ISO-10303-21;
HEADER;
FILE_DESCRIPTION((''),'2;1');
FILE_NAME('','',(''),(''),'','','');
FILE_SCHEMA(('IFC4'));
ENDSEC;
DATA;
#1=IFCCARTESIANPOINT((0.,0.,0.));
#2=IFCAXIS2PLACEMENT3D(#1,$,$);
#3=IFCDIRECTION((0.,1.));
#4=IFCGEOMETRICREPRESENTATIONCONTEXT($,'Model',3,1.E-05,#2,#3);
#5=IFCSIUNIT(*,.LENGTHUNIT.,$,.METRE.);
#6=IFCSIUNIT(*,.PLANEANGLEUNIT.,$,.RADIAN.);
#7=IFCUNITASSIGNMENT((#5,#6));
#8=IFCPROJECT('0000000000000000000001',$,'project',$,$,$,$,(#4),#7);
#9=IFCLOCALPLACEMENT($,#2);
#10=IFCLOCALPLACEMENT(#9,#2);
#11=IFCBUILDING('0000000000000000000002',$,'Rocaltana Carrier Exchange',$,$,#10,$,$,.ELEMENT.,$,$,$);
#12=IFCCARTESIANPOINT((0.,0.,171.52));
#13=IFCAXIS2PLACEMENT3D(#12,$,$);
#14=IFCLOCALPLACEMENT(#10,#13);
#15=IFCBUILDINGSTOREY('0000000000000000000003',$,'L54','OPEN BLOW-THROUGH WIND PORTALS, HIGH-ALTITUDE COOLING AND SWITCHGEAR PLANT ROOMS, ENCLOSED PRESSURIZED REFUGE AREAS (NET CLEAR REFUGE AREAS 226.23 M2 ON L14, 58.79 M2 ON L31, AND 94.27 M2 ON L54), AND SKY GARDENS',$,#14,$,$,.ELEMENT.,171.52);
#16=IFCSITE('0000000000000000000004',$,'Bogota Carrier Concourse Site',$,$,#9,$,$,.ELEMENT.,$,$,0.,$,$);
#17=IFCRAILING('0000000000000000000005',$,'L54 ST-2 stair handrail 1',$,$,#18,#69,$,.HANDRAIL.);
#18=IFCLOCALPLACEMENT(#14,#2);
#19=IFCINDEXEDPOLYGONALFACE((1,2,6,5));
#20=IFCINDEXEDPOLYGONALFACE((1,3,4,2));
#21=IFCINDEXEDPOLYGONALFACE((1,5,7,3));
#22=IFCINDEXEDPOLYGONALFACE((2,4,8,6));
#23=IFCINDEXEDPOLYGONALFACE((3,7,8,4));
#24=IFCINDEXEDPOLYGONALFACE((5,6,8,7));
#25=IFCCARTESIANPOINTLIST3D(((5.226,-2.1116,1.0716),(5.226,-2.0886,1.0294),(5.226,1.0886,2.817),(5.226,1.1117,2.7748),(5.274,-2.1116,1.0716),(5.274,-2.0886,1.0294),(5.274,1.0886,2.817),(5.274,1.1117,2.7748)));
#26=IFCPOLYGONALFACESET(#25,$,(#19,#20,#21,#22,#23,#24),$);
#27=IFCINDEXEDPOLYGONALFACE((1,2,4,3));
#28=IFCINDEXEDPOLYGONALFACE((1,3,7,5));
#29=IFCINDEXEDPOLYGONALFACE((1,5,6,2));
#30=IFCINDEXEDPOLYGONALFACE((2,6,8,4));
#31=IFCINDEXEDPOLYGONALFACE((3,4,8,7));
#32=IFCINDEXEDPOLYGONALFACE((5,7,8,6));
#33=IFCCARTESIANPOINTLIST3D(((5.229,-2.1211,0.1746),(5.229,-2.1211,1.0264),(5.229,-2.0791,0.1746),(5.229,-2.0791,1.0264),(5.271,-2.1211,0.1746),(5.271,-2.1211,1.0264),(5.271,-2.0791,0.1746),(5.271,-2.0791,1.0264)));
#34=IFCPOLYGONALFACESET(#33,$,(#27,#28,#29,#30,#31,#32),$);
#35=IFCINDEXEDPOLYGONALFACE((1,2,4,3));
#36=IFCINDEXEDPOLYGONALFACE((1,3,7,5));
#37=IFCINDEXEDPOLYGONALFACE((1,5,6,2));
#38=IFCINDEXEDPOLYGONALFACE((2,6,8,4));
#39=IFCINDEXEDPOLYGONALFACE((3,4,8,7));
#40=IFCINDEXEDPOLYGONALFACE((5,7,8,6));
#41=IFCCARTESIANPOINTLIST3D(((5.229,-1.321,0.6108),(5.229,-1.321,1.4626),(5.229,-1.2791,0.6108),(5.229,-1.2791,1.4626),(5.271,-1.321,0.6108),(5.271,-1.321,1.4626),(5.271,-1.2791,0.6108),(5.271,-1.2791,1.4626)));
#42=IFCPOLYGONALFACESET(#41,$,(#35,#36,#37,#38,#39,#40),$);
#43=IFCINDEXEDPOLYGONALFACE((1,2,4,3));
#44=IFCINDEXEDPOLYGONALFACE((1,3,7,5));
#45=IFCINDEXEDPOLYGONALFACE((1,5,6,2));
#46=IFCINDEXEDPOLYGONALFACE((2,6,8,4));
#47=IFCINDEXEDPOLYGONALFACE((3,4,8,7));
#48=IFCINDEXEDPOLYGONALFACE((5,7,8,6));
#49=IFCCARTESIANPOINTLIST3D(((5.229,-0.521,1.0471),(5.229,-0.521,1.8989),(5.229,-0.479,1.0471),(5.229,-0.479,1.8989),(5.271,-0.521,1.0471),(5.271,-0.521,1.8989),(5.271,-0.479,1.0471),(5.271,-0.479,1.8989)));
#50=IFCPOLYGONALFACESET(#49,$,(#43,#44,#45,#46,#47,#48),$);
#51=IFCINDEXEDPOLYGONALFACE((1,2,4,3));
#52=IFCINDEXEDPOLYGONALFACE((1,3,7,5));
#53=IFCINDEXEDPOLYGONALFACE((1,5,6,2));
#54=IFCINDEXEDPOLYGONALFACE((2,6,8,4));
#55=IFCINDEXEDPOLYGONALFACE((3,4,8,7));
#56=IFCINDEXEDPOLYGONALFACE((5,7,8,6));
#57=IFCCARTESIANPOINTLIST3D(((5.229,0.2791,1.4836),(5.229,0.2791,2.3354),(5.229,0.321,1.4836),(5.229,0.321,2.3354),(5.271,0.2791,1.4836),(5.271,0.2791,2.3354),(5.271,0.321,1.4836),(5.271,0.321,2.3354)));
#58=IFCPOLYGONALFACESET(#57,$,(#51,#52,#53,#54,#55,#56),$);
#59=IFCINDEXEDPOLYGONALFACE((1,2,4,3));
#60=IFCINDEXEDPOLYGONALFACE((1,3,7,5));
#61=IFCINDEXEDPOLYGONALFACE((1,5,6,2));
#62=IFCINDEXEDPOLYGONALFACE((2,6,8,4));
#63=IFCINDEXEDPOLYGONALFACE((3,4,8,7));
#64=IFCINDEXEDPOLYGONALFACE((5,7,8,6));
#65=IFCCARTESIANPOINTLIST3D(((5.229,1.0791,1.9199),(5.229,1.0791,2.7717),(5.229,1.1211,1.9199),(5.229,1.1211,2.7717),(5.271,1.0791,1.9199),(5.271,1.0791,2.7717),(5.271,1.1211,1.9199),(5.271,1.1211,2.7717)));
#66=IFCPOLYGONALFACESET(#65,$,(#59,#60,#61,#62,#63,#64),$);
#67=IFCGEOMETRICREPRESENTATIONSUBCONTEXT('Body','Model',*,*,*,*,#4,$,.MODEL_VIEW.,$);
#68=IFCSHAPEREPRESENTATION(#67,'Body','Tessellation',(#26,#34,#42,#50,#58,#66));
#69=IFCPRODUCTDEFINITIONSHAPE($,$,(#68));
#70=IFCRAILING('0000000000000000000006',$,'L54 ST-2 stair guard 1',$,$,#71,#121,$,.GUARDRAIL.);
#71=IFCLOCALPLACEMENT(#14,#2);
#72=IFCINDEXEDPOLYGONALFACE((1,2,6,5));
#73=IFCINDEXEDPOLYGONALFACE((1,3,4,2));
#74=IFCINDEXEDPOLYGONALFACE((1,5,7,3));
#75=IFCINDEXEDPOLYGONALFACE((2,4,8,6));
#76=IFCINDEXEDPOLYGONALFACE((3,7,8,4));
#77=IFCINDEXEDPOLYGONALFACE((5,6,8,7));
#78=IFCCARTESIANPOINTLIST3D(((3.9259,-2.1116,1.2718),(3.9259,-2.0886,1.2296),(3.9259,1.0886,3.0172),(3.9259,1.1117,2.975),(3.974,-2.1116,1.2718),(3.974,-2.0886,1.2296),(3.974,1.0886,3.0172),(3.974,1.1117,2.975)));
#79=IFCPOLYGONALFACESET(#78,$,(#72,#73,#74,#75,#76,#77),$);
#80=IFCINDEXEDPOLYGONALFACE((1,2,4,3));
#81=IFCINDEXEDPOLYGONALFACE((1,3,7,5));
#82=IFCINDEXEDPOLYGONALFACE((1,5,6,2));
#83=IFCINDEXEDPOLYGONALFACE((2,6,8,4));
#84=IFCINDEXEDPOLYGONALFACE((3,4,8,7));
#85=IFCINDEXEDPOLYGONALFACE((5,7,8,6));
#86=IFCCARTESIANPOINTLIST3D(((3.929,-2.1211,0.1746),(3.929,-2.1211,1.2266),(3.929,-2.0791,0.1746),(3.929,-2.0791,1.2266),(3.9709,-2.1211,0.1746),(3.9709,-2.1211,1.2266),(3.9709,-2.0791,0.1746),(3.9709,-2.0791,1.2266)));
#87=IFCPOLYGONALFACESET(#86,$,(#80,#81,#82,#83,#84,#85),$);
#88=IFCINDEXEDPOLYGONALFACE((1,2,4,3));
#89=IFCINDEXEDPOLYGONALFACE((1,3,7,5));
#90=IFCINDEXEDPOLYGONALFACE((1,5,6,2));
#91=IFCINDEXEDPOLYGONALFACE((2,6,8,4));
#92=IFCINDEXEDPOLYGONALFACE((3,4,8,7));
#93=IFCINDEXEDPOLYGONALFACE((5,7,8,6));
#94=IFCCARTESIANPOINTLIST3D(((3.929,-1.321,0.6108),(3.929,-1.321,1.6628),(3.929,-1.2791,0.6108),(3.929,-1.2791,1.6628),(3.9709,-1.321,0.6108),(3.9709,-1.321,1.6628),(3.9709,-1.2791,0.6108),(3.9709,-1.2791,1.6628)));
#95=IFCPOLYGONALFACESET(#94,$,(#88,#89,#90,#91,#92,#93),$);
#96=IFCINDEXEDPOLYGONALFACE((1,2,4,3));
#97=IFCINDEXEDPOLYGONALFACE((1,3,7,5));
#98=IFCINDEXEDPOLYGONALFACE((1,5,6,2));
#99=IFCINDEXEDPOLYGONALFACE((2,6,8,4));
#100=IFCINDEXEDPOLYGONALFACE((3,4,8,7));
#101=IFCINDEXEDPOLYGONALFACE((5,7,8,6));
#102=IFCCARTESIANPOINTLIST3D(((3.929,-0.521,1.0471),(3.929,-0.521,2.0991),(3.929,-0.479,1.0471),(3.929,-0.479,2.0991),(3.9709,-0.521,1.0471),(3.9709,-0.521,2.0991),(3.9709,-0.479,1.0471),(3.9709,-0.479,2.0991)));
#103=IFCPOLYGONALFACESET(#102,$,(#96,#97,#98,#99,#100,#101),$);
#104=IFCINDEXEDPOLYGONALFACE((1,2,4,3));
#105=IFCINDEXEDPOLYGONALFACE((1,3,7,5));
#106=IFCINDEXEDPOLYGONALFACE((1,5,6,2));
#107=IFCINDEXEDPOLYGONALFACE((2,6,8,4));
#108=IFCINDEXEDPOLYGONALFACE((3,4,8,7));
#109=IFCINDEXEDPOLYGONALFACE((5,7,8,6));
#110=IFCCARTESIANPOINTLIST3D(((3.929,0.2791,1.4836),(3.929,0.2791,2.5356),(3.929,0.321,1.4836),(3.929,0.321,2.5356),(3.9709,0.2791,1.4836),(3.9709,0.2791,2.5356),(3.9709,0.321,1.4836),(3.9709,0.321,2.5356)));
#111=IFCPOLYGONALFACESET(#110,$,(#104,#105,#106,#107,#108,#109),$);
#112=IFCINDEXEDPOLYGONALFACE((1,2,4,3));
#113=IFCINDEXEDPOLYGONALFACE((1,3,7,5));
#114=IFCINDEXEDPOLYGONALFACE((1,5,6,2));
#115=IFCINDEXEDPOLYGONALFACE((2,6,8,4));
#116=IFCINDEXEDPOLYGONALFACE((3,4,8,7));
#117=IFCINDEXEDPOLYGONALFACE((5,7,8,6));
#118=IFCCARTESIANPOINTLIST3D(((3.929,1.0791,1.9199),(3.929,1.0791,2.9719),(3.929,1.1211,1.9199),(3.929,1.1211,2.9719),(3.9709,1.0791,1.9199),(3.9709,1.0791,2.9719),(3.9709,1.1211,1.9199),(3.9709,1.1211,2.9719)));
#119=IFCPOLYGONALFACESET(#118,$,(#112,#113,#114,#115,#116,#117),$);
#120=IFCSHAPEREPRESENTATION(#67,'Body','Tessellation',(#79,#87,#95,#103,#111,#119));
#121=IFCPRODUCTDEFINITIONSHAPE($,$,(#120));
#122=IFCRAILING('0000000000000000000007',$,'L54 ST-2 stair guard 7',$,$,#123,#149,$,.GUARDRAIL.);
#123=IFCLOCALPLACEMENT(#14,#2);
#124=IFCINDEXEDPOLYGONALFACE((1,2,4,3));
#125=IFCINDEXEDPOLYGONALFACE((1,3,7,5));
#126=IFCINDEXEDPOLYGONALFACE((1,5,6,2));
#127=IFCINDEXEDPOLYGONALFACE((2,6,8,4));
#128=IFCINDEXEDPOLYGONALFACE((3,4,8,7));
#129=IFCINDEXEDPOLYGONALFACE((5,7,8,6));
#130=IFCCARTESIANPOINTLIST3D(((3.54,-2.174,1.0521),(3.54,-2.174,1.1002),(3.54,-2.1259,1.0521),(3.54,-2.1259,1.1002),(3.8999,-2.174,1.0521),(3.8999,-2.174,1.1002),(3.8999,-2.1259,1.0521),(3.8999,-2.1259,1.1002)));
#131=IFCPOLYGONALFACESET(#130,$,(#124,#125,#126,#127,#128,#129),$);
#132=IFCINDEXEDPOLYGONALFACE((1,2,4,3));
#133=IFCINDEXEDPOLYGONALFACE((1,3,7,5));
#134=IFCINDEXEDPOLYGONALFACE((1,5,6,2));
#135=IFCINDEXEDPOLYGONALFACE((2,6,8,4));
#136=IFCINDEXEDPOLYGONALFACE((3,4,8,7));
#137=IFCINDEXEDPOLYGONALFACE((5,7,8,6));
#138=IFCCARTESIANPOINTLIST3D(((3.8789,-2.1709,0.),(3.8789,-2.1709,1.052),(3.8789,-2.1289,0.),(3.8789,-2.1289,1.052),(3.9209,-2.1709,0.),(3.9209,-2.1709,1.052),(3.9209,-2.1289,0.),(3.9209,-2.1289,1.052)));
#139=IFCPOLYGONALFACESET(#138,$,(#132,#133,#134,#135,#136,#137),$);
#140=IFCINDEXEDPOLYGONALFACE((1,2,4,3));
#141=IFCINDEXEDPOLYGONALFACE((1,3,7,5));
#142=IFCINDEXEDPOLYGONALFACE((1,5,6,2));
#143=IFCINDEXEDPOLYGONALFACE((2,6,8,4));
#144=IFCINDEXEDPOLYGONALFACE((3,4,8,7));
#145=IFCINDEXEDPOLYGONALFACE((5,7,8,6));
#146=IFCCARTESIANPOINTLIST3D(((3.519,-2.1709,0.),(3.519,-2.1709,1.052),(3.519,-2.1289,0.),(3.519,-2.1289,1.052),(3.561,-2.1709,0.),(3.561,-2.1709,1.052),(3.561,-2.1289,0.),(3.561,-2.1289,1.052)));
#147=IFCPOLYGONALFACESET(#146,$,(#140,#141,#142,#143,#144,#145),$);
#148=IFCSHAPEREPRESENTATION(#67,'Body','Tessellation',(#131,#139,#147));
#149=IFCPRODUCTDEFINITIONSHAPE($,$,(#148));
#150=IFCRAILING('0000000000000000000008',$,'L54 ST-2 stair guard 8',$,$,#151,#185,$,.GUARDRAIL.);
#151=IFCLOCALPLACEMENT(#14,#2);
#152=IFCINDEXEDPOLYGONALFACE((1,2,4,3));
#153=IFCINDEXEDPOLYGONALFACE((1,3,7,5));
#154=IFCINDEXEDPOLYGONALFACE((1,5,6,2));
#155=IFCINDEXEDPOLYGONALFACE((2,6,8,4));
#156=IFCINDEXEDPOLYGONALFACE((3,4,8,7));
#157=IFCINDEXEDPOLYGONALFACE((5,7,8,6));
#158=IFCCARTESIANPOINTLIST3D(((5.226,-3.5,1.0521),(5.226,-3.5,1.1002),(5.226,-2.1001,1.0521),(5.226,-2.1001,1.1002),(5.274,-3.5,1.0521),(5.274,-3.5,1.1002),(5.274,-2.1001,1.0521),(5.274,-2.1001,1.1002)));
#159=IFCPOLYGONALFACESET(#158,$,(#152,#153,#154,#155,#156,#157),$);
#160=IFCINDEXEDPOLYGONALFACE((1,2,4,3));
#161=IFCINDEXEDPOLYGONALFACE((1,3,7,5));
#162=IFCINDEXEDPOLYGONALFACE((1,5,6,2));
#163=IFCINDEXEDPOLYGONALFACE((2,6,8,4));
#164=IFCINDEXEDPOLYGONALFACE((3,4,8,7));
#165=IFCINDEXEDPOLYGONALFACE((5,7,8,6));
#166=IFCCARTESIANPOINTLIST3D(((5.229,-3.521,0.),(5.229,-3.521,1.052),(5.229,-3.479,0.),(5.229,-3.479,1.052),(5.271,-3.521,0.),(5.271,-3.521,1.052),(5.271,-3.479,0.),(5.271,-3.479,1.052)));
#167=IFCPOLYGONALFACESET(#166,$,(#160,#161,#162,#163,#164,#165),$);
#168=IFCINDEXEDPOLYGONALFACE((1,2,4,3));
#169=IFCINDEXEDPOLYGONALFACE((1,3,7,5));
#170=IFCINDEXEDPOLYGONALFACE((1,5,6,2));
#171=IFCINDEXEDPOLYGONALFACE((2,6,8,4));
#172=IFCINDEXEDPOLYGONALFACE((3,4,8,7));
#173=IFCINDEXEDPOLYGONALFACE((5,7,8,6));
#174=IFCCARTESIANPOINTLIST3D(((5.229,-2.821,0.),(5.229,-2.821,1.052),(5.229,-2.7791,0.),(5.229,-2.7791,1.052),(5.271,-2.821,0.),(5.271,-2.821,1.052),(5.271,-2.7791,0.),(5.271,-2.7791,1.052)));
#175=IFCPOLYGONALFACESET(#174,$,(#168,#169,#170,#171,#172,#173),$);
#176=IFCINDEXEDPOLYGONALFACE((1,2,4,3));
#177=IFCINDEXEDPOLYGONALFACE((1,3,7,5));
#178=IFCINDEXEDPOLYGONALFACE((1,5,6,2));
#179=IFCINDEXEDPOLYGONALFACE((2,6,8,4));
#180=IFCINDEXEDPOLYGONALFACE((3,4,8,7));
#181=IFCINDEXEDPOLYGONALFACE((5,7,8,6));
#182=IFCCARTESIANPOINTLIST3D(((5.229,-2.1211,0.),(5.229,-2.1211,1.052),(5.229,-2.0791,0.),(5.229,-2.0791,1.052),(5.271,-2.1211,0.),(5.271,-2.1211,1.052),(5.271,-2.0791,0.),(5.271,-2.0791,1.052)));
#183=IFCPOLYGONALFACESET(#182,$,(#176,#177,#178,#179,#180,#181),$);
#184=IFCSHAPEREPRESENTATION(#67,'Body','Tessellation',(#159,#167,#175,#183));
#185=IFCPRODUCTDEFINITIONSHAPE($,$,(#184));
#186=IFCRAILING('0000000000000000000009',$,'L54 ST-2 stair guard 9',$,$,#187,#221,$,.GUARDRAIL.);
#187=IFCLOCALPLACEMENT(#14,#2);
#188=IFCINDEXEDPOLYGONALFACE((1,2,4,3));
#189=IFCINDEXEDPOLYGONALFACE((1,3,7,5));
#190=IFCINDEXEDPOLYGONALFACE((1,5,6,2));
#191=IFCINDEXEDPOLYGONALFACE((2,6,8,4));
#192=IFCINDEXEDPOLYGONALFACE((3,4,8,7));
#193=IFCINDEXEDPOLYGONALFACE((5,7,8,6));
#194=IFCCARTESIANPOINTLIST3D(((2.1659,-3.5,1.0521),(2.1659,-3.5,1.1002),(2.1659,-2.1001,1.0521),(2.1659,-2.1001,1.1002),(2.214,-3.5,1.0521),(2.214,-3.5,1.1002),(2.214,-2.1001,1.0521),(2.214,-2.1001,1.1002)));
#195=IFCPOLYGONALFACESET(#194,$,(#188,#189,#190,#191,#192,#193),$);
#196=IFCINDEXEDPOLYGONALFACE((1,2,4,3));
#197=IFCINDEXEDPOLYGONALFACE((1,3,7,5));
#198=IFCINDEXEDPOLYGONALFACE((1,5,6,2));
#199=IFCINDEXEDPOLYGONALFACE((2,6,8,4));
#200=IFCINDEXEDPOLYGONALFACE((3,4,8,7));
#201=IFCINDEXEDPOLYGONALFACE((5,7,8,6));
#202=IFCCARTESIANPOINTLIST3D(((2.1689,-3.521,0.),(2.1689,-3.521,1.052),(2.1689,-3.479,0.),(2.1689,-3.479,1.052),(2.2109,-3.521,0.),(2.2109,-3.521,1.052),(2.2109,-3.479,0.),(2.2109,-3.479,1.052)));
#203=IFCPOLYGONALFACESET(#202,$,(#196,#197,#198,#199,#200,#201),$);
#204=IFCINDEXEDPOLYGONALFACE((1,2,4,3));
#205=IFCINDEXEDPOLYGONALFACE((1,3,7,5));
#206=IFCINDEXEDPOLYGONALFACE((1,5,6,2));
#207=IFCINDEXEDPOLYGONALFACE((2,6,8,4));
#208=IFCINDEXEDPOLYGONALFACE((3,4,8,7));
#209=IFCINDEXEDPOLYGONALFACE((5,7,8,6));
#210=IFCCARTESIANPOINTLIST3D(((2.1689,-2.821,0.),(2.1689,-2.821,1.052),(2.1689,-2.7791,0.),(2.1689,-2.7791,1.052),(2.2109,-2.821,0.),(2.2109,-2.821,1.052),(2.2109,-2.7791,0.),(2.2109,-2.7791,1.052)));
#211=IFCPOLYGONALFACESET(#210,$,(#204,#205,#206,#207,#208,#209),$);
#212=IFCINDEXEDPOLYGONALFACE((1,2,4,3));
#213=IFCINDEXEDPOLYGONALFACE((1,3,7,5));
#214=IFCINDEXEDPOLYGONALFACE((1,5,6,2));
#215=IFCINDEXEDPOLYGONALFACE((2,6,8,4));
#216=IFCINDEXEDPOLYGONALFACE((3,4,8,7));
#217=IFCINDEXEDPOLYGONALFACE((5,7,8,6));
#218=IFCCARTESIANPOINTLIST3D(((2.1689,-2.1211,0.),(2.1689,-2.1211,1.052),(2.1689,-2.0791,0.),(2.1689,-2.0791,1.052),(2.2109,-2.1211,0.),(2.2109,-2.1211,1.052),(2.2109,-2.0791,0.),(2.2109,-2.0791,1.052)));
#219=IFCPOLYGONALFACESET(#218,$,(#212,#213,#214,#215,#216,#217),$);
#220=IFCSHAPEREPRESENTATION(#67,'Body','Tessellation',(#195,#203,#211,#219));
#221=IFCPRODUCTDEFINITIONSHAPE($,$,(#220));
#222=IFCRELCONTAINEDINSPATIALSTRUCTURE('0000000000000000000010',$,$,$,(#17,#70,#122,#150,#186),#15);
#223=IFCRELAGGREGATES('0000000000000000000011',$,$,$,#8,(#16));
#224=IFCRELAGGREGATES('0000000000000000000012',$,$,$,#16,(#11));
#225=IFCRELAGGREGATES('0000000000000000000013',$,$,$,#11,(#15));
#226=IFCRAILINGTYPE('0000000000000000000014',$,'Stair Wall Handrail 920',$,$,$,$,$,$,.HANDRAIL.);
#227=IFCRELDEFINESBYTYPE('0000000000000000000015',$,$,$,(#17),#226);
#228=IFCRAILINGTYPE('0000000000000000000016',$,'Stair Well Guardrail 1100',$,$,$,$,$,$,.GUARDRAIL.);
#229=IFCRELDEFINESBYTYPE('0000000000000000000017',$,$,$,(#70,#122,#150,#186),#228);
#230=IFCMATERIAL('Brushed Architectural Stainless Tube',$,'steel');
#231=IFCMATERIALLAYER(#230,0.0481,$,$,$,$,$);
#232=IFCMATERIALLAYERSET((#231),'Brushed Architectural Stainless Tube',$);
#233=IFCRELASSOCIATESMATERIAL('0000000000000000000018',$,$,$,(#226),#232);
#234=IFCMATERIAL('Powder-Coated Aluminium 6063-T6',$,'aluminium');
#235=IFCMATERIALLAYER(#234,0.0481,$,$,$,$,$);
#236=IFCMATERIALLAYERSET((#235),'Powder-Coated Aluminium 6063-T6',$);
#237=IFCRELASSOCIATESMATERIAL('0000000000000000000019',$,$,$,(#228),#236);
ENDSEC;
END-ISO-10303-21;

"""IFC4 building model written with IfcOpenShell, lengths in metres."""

from ifc_helpers import new_model, si_unit, direction, frame, origin, origin_2d, place, context, subcontext, project, spatial, rectangle, extrude, material, layer, layer_set, type_object, element, save


model = new_model("IFC4")

# Units and contexts
model_context = context("Model", 3, precision=1e-05, world=origin(), true_north=direction((0.0, 1.0)))
body_context = subcontext(model_context, "Body", "Model", "MODEL_VIEW")
ifc_project = project(units=[si_unit("LENGTHUNIT", "METRE"), si_unit("PLANEANGLEUNIT", "RADIAN")], contexts=[model_context])

# Site, building, storey
site_placement = place(None, origin())
site = spatial("IfcSite", under=ifc_project, at=site_placement, Name="Bogota Carrier Concourse Site", CompositionType="ELEMENT", RefElevation=0.0)
building_placement = place(site_placement, origin())
building = spatial("IfcBuilding", under=site, at=building_placement, Name="Rocaltana Carrier Exchange", CompositionType="ELEMENT")
storey_placement = place(building_placement, frame((0.0, 0.0, 171.52)))
storey = spatial("IfcBuildingStorey", under=building, at=storey_placement, Name="L54", Description="OPEN BLOW-THROUGH WIND PORTALS, HIGH-ALTITUDE COOLING AND SWITCHGEAR PLANT ROOMS, ENCLOSED PRESSURIZED REFUGE AREAS (NET CLEAR REFUGE AREAS 226.23 M2 ON L14, 58.79 M2 ON L31, AND 94.27 M2 ON L54), AND SKY GARDENS", CompositionType="ELEMENT", Elevation=171.52)

# Railings
ifc_material_1 = material(Name="Brushed Architectural Stainless Tube", Category="steel")
ifc_layer_1 = layer(ifc_material_1, 0.0481)
ifc_layer_set_1 = layer_set([ifc_layer_1], Name="Brushed Architectural Stainless Tube")
railing_type_1 = type_object("IfcRailingType", Name="Stair Wall Handrail 920", PredefinedType="HANDRAIL", material=ifc_layer_set_1)
railing_1_placement = place(storey_placement, frame((5.25, -2.1001, 0.1746)))
element("IfcRailing", 1, at=railing_1_placement, inside=storey, type_object=railing_type_1, Name="L54 ST-2 stair handrail 1", PredefinedType="HANDRAIL", context=body_context, shape_type="SweptSolid", body=[
    extrude(rectangle(XDim=0.0481, YDim=0.0481, at=origin_2d()), frame((0.0, 0.0, 0.876), z_axis=(0.0, 0.877919, 0.47881), x_axis=(-1.0, 0.0, 0.0)), (0.0, 0.0, 1.0), 3.6453),
    extrude(rectangle(XDim=0.042, YDim=0.042, at=origin_2d()), origin(), (0.0, 0.0, 1.0), 0.8518),
    extrude(rectangle(XDim=0.042, YDim=0.042, at=origin_2d()), frame((0.0, 0.8, 0.4363)), (0.0, 0.0, 1.0), 0.8518),
    extrude(rectangle(XDim=0.042, YDim=0.042, at=origin_2d()), frame((0.0, 1.6001, 0.8726)), (0.0, 0.0, 1.0), 0.8518),
    extrude(rectangle(XDim=0.042, YDim=0.042, at=origin_2d()), frame((0.0, 2.4001, 1.3091)), (0.0, 0.0, 1.0), 0.8518),
    extrude(rectangle(XDim=0.042, YDim=0.042, at=origin_2d()), frame((0.0, 3.2002, 1.7454)), (0.0, 0.0, 1.0), 0.8518),
])
ifc_material_2 = material(Name="Powder-Coated Aluminium 6063-T6", Category="aluminium")
ifc_layer_2 = layer(ifc_material_2, 0.0481)
ifc_layer_set_2 = layer_set([ifc_layer_2], Name="Powder-Coated Aluminium 6063-T6")
railing_type_2 = type_object("IfcRailingType", Name="Stair Well Guardrail 1100", PredefinedType="GUARDRAIL", material=ifc_layer_set_2)
railing_2_placement = place(storey_placement, frame((3.95, -2.1001, 0.1746)))
element("IfcRailing", 2, at=railing_2_placement, inside=storey, type_object=railing_type_2, Name="L54 ST-2 stair guard 1", PredefinedType="GUARDRAIL", context=body_context, shape_type="SweptSolid", body=[
    extrude(rectangle(XDim=0.0481, YDim=0.0481, at=origin_2d()), frame((0.0, 0.0, 1.0762), z_axis=(0.0, 0.877919, 0.47881), x_axis=(-1.0, 0.0, 0.0)), (0.0, 0.0, 1.0), 3.6453),
    extrude(rectangle(XDim=0.042, YDim=0.042, at=origin_2d()), origin(), (0.0, 0.0, 1.0), 1.052),
    extrude(rectangle(XDim=0.042, YDim=0.042, at=origin_2d()), frame((0.0, 0.8, 0.4363)), (0.0, 0.0, 1.0), 1.052),
    extrude(rectangle(XDim=0.042, YDim=0.042, at=origin_2d()), frame((0.0, 1.6001, 0.8726)), (0.0, 0.0, 1.0), 1.052),
    extrude(rectangle(XDim=0.042, YDim=0.042, at=origin_2d()), frame((0.0, 2.4001, 1.3091)), (0.0, 0.0, 1.0), 1.052),
    extrude(rectangle(XDim=0.042, YDim=0.042, at=origin_2d()), frame((0.0, 3.2002, 1.7454)), (0.0, 0.0, 1.0), 1.052),
])
railing_3_placement = place(storey_placement, frame((3.8999, -2.1499, 0.0)))
element("IfcRailing", 3, at=railing_3_placement, inside=storey, type_object=railing_type_2, Name="L54 ST-2 stair guard 7", PredefinedType="GUARDRAIL", context=body_context, shape_type="SweptSolid", body=[
    extrude(rectangle(XDim=0.0481, YDim=0.0481, at=origin_2d()), frame((0.0, 0.0, 1.0762), z_axis=(-1.0, 0.0, 0.0), x_axis=(0.0, -1.0, 0.0)), (0.0, 0.0, 1.0), 0.3599),
    extrude(rectangle(XDim=0.042, YDim=0.042, at=origin_2d()), origin(), (0.0, 0.0, 1.0), 1.052),
    extrude(rectangle(XDim=0.042, YDim=0.042, at=origin_2d()), frame((-0.3599, 0.0, 0.0)), (0.0, 0.0, 1.0), 1.052),
])
for number, where, name in (
    (4, (5.25, -3.5, 0.0), "L54 ST-2 stair guard 8"),
    (5, (2.1899, -3.5, 0.0), "L54 ST-2 stair guard 9"),
):
    element("IfcRailing", number, at=place(storey_placement, frame(where)), inside=storey, type_object=railing_type_2, Name=name, PredefinedType="GUARDRAIL", context=body_context, shape_type="SweptSolid", body=[
        extrude(rectangle(XDim=0.0481, YDim=0.0481, at=origin_2d()), frame((0.0, 0.0, 1.0762), z_axis=(0.0, 1.0, 0.0), x_axis=(-1.0, 0.0, 0.0)), (0.0, 0.0, 1.0), 1.3999),
        extrude(rectangle(XDim=0.042, YDim=0.042, at=origin_2d()), origin(), (0.0, 0.0, 1.0), 1.052),
        extrude(rectangle(XDim=0.042, YDim=0.042, at=origin_2d()), frame((0.0, 0.7, 0.0)), (0.0, 0.0, 1.0), 1.052),
        extrude(rectangle(XDim=0.042, YDim=0.042, at=origin_2d()), frame((0.0, 1.3999, 0.0)), (0.0, 0.0, 1.0), 1.052),
    ])

save(model, "model.ifc")
